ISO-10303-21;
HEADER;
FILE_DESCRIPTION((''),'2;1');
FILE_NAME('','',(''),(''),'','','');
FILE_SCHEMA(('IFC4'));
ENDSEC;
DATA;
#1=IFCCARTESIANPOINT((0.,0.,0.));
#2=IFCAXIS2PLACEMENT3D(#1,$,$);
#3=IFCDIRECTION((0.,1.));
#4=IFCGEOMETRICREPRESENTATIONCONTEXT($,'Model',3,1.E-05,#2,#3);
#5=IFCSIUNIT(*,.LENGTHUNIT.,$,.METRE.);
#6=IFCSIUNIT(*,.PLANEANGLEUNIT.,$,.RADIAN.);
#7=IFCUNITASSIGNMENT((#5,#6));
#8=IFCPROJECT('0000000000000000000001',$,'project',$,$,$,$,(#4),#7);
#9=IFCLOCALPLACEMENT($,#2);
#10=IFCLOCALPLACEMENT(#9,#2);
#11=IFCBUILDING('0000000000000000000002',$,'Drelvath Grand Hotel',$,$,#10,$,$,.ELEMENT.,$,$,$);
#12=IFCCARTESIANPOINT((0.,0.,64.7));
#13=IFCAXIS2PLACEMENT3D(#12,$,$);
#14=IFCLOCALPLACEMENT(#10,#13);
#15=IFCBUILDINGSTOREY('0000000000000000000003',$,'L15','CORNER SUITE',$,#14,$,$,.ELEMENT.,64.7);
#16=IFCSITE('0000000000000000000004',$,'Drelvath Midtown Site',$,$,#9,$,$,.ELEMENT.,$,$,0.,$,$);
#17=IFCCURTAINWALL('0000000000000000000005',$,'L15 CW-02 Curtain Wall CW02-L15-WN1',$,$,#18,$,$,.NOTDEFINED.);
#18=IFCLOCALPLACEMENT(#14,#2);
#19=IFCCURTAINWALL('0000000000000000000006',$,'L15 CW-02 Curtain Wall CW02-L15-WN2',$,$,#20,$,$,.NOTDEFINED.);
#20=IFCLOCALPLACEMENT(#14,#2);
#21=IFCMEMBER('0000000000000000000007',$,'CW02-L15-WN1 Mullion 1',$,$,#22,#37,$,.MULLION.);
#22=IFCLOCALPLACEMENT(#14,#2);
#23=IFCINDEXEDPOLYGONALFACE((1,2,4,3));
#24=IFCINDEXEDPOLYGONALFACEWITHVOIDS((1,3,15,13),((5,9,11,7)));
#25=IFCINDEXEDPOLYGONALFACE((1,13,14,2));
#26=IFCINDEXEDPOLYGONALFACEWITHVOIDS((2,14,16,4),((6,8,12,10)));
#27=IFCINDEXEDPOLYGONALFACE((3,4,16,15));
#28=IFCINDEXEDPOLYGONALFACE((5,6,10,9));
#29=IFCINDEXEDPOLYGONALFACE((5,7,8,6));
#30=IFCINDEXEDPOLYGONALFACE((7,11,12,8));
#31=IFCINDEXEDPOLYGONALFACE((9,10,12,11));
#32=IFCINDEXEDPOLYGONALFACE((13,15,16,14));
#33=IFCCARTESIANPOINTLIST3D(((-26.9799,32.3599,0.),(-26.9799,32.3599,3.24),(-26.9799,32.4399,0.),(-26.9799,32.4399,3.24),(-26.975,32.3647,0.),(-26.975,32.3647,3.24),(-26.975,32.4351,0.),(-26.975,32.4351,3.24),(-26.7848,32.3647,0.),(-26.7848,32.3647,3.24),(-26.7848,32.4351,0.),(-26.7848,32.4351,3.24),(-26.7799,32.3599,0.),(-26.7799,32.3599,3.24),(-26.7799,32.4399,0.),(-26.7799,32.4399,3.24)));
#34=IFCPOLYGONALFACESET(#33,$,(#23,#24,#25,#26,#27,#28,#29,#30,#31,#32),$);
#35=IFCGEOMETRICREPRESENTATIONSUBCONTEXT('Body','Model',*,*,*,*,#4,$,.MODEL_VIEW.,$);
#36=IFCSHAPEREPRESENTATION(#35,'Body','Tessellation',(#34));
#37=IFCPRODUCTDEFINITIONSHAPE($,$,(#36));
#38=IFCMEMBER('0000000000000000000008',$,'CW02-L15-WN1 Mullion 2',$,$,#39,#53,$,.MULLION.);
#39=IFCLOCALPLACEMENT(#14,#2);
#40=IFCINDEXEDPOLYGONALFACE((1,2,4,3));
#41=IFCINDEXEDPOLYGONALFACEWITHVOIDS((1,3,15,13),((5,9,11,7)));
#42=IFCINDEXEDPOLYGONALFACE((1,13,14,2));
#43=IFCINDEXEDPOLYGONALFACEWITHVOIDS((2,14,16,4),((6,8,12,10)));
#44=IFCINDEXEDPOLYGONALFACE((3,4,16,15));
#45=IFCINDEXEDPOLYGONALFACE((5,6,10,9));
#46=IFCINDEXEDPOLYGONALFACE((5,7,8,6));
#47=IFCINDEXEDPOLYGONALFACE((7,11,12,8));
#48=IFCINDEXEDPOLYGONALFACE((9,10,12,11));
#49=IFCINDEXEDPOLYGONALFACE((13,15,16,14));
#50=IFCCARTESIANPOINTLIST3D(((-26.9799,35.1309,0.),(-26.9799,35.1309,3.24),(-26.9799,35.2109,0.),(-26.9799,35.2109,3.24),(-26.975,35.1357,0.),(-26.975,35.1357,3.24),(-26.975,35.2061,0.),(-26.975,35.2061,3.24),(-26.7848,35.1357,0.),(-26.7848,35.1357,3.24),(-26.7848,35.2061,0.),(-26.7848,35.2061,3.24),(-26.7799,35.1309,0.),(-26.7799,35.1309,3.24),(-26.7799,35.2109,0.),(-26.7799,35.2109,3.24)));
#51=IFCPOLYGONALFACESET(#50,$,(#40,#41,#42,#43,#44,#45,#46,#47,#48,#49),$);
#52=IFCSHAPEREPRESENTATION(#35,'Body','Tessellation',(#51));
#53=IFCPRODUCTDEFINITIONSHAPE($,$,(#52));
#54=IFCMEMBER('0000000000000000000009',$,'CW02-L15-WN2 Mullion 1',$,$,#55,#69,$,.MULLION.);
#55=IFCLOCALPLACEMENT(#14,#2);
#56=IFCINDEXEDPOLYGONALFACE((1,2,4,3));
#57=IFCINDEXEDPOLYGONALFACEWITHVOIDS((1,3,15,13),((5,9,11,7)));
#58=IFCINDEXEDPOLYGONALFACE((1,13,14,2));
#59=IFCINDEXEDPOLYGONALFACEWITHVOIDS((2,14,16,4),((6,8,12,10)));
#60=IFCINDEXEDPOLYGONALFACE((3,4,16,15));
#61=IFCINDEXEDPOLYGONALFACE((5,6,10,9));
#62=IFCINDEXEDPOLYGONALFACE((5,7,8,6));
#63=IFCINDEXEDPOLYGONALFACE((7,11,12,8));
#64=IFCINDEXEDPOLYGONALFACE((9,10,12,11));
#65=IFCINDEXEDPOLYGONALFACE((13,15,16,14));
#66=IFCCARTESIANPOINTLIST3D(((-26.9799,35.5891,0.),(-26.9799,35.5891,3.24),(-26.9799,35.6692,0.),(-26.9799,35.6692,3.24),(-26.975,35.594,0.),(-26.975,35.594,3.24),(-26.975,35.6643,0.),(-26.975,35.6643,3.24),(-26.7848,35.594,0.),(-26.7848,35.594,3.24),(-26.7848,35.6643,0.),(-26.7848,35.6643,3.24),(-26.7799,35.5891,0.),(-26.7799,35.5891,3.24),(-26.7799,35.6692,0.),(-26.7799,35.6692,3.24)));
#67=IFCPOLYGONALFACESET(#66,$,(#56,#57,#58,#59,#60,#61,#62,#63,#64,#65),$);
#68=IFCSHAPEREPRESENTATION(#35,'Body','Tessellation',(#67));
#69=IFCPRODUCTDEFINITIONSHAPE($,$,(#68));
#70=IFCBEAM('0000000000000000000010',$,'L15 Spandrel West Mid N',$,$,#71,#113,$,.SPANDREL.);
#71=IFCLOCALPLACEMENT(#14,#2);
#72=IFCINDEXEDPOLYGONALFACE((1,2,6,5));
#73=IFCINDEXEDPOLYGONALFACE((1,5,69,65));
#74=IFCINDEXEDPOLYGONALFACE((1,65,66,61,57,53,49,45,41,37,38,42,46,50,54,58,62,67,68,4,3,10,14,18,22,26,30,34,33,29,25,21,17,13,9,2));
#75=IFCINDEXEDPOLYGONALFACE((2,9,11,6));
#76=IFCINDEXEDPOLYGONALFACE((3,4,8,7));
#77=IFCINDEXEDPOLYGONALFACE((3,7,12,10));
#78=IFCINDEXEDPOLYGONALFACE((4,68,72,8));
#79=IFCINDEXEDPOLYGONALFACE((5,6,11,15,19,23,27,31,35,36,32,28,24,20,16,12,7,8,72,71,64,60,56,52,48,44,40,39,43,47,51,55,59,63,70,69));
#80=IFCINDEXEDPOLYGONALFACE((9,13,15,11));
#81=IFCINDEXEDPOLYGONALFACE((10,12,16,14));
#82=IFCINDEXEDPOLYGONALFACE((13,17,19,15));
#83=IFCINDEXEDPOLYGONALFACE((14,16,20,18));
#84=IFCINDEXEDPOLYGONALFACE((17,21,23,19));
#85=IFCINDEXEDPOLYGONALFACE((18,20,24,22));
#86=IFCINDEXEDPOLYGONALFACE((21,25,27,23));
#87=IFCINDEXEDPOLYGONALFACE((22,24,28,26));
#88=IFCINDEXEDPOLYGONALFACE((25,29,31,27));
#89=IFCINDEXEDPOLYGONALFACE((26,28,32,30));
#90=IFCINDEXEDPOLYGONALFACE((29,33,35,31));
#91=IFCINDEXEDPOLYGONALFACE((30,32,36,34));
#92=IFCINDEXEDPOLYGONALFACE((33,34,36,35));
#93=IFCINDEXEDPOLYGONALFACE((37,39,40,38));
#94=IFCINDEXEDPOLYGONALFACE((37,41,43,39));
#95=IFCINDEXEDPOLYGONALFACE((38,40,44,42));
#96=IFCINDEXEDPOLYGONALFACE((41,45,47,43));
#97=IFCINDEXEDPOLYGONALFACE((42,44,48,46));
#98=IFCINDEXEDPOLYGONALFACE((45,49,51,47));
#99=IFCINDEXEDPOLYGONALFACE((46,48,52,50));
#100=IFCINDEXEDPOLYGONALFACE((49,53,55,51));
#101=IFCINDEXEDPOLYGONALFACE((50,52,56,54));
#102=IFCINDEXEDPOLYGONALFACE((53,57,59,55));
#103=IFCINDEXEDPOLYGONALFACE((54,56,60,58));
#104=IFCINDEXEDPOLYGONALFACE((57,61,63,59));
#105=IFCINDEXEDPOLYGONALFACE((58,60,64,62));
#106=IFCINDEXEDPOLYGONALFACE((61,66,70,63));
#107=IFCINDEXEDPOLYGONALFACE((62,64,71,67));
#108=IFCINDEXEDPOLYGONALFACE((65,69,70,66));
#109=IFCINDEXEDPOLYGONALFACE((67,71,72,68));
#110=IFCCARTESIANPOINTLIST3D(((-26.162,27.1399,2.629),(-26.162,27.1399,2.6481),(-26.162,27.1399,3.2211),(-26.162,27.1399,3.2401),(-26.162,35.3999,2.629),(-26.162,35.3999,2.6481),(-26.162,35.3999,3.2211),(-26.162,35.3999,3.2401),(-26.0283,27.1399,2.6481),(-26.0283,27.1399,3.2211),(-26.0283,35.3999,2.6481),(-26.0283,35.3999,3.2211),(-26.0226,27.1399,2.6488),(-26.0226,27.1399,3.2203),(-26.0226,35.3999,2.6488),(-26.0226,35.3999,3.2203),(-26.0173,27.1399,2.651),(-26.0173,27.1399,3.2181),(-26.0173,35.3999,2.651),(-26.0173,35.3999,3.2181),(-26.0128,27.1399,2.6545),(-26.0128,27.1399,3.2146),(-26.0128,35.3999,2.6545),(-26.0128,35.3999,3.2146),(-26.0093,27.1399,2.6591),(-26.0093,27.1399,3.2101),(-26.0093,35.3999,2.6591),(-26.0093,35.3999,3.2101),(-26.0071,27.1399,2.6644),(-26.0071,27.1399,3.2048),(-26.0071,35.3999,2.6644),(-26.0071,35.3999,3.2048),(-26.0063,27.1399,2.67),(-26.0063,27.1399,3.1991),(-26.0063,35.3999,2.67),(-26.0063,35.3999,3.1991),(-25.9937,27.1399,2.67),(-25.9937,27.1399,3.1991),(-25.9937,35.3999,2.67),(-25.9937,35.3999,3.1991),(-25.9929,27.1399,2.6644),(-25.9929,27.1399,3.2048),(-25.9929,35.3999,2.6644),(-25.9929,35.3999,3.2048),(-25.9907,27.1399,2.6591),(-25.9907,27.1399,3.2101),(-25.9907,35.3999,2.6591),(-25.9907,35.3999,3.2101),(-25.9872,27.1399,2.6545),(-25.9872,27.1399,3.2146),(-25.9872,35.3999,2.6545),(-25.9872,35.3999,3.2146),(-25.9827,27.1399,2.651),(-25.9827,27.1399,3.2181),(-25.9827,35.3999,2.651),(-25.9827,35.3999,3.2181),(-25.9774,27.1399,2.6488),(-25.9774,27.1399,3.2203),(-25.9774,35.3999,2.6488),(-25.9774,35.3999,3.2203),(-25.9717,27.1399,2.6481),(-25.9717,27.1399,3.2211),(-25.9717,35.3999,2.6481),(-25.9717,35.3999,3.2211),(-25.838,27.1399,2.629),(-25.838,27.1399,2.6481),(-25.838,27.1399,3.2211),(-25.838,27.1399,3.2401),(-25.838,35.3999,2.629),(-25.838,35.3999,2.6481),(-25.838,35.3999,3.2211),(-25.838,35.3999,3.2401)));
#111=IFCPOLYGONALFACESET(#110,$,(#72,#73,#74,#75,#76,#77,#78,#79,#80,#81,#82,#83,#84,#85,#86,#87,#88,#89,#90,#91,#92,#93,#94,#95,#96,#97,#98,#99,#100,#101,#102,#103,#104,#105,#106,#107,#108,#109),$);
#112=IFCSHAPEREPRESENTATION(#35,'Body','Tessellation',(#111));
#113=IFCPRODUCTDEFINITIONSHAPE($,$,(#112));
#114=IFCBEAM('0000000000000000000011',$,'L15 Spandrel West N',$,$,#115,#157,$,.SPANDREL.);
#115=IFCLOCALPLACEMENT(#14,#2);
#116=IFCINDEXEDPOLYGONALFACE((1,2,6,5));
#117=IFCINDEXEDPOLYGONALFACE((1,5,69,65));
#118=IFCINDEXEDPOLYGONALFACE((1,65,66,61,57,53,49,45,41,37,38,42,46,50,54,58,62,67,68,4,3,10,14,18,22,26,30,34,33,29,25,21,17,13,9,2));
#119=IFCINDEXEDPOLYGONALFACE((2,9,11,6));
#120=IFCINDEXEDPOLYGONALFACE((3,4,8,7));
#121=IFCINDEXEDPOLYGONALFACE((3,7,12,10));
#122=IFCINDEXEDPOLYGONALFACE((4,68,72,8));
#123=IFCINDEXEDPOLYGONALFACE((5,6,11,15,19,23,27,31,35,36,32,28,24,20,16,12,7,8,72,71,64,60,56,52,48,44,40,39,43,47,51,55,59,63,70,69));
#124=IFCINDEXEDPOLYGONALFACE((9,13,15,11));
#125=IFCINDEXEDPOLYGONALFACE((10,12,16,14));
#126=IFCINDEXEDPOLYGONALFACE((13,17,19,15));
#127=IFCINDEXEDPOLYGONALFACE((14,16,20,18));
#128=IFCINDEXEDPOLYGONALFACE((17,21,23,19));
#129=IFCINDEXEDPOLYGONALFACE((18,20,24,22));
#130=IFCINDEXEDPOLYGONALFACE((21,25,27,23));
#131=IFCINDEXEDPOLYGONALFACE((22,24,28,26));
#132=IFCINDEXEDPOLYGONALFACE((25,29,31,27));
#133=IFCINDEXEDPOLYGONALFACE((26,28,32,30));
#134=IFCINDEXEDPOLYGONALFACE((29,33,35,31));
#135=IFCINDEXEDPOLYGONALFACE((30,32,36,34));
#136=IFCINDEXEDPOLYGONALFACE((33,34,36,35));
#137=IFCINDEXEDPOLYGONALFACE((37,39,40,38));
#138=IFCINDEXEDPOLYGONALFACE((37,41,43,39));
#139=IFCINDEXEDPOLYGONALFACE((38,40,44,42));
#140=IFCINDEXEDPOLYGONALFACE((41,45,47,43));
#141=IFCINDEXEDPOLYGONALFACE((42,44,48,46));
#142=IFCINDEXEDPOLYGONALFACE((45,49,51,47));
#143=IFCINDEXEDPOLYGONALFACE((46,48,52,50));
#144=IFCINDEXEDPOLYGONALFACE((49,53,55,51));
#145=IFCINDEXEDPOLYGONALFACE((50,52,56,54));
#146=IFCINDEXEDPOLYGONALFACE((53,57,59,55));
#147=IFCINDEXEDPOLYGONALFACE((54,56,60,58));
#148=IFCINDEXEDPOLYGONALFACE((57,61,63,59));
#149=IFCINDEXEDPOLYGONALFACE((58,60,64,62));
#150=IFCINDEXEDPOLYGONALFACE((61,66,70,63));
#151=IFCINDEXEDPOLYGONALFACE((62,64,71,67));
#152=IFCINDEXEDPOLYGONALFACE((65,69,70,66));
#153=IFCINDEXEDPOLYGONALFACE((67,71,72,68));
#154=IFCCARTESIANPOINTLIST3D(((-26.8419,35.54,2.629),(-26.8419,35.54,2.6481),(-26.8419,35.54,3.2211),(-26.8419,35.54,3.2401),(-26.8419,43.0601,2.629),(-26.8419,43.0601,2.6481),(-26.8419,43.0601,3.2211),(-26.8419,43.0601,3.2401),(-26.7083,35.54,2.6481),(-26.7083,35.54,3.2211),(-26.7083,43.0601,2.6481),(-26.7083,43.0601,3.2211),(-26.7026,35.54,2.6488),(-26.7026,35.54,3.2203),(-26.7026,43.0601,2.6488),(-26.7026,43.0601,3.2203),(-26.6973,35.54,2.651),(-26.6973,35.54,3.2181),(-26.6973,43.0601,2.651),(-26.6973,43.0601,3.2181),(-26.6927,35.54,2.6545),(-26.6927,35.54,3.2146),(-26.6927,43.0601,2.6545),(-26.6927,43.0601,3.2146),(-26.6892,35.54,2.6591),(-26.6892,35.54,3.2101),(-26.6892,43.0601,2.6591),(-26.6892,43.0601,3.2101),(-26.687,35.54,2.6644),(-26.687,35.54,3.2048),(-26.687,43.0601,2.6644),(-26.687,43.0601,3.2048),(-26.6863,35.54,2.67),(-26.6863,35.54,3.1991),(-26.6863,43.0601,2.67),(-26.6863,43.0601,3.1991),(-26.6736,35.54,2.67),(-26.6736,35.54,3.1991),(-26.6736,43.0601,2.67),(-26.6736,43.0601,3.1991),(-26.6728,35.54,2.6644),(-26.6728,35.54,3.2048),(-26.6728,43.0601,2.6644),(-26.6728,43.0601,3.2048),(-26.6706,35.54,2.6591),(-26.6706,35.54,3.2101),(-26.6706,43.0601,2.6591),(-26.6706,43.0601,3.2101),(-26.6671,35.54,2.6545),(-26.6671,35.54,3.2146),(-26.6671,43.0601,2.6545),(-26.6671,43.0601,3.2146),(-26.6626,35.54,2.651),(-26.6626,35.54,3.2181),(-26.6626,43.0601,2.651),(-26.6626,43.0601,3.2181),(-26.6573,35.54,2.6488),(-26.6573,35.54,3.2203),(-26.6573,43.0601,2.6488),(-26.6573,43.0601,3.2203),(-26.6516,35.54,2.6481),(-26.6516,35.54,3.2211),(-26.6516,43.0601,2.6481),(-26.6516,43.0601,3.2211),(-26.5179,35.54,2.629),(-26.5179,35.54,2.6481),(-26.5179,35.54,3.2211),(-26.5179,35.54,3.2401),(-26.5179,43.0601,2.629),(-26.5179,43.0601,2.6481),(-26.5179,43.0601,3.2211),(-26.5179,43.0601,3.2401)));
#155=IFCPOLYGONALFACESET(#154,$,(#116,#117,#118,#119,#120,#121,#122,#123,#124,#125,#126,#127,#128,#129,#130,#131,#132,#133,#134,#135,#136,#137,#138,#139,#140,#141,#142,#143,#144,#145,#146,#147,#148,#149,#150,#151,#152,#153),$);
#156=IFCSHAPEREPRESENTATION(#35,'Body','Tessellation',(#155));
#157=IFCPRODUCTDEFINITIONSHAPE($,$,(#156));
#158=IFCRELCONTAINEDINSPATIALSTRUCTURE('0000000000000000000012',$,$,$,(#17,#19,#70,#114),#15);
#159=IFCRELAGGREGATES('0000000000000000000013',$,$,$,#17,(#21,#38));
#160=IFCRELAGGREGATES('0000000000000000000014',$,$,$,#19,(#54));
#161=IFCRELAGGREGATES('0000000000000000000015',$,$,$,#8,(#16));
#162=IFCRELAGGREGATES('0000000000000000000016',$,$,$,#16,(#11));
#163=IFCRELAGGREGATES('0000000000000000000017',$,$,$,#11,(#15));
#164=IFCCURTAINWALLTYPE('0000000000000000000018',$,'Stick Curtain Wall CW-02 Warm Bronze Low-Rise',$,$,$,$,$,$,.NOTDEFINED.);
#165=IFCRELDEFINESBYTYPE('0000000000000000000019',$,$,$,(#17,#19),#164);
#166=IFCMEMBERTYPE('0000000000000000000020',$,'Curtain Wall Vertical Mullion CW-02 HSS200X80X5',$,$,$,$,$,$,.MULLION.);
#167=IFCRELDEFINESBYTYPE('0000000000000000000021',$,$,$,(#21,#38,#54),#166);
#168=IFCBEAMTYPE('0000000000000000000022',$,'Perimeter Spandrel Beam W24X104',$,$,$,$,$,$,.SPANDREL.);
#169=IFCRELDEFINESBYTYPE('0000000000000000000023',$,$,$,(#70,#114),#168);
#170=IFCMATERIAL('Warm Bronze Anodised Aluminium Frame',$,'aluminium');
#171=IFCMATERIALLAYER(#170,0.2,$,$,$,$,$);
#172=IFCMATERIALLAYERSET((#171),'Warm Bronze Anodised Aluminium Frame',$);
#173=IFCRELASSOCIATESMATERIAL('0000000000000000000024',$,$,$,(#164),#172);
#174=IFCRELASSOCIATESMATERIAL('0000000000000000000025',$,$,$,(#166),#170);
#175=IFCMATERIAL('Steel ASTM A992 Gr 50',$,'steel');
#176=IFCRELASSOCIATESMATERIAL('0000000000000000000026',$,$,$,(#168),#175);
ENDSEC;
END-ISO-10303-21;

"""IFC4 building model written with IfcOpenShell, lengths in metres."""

from ifc_helpers import new_model, si_unit, direction, frame, origin, origin_2d, place, context, subcontext, project, spatial, hollow_rectangle, i_section, extrude, material, layer, layer_set, material_profile, profile_set, type_object, element, aggregate, save


model = new_model("IFC4")

# Units and contexts
model_context = context("Model", 3, precision=1e-05, world=origin(), true_north=direction((0.0, 1.0)))
body_context = subcontext(model_context, "Body", "Model", "MODEL_VIEW")
ifc_project = project(units=[si_unit("LENGTHUNIT", "METRE"), si_unit("PLANEANGLEUNIT", "RADIAN")], contexts=[model_context])

# Site, building, storey
site_placement = place(None, origin())
site = spatial("IfcSite", under=ifc_project, at=site_placement, Name="Drelvath Midtown Site", CompositionType="ELEMENT", RefElevation=0.0)
building_placement = place(site_placement, origin())
building = spatial("IfcBuilding", under=site, at=building_placement, Name="Drelvath Grand Hotel", CompositionType="ELEMENT")
storey_placement = place(building_placement, frame((0.0, 0.0, 64.7)))
storey = spatial("IfcBuildingStorey", under=building, at=storey_placement, Name="L15", Description="CORNER SUITE", CompositionType="ELEMENT", Elevation=64.7)

# Curtain walls
ifc_material_1 = material(Name="Warm Bronze Anodised Aluminium Frame", Category="aluminium")
ifc_layer_1 = layer(ifc_material_1, 0.2)
ifc_layer_set_1 = layer_set([ifc_layer_1], Name="Warm Bronze Anodised Aluminium Frame")
curtain_wall_type = type_object("IfcCurtainWallType", Name="Stick Curtain Wall CW-02 Warm Bronze Low-Rise", PredefinedType="NOTDEFINED", material=ifc_layer_set_1)
curtain_wall_1_placement = place(storey_placement, origin())
curtain_wall_1 = element("IfcCurtainWall", 1, at=curtain_wall_1_placement, inside=storey, type_object=curtain_wall_type, Name="L15 CW-02 Curtain Wall CW02-L15-WN1", PredefinedType="NOTDEFINED")
curtain_wall_2_placement = place(storey_placement, origin())
curtain_wall_2 = element("IfcCurtainWall", 2, at=curtain_wall_2_placement, inside=storey, type_object=curtain_wall_type, Name="L15 CW-02 Curtain Wall CW02-L15-WN2", PredefinedType="NOTDEFINED")

# Members
ifc_material_profile_1 = material_profile(ifc_material_1, hollow_rectangle(XDim=0.0801, YDim=0.2, WallThickness=0.0049, at=origin_2d()), Name="HSS200X80X5")
ifc_profile_set_1 = profile_set([ifc_material_profile_1], Name="Warm Bronze Anodised Aluminium Frame")
member_type_1 = type_object("IfcMemberType", Name="Curtain Wall Vertical Mullion CW-02 HSS200X80X5", PredefinedType="MULLION", material=ifc_profile_set_1)
member_1_placement = place(storey_placement, frame((-26.8799, 32.3999, 0.0), z_axis=(0.0, 0.0, 1.0), x_axis=(0.0, 1.0, 0.0)))
member_1 = element("IfcMember", 3, at=member_1_placement, type_object=member_type_1, Name="CW02-L15-WN1 Mullion 1", PredefinedType="MULLION", context=body_context, shape_type="SweptSolid", body=[
    extrude(hollow_rectangle(XDim=0.0801, YDim=0.2, WallThickness=0.0049, at=origin_2d()), origin(), (0.0, 0.0, 1.0), 3.24),
])
member_2_placement = place(storey_placement, frame((-26.8799, 35.1709, 0.0), z_axis=(0.0, 0.0, 1.0), x_axis=(0.0, 1.0, 0.0)))
member_2 = element("IfcMember", 4, at=member_2_placement, type_object=member_type_1, Name="CW02-L15-WN1 Mullion 2", PredefinedType="MULLION", context=body_context, shape_type="SweptSolid", body=[
    extrude(hollow_rectangle(XDim=0.0801, YDim=0.2, WallThickness=0.0049, at=origin_2d()), origin(), (0.0, 0.0, 1.0), 3.24),
])
member_3_placement = place(storey_placement, frame((-26.8799, 35.6292, 0.0), z_axis=(0.0, 0.0, 1.0), x_axis=(0.0, 1.0, 0.0)))
member_3 = element("IfcMember", 5, at=member_3_placement, type_object=member_type_1, Name="CW02-L15-WN2 Mullion 1", PredefinedType="MULLION", context=body_context, shape_type="SweptSolid", body=[
    extrude(hollow_rectangle(XDim=0.0801, YDim=0.2, WallThickness=0.0049, at=origin_2d()), origin(), (0.0, 0.0, 1.0), 3.24),
])

# Beams
ifc_material_2 = material(Name="Steel ASTM A992 Gr 50", Category="steel")
ifc_material_profile_2 = material_profile(ifc_material_2, i_section(OverallWidth=0.324, OverallDepth=0.6111, WebThickness=0.0127, FlangeThickness=0.019, FilletRadius=0.022, at=origin_2d()), Name="W24X104")
ifc_profile_set_2 = profile_set([ifc_material_profile_2], Name="Steel ASTM A992 Gr 50")
beam_type_1 = type_object("IfcBeamType", Name="Perimeter Spandrel Beam W24X104", PredefinedType="SPANDREL", material=ifc_profile_set_2)
beam_1_placement = place(storey_placement, frame((-26.0, 27.1399, 2.9346), z_axis=(0.0, 1.0, 0.0), x_axis=(-1.0, 0.0, 0.0)))
element("IfcBeam", 6, at=beam_1_placement, inside=storey, type_object=beam_type_1, Name="L15 Spandrel West Mid N", PredefinedType="SPANDREL", context=body_context, shape_type="SweptSolid", body=[
    extrude(i_section(OverallWidth=0.324, OverallDepth=0.6111, WebThickness=0.0127, FlangeThickness=0.019, FilletRadius=0.022, at=origin_2d()), origin(), (0.0, 0.0, 1.0), 8.26),
])
beam_2_placement = place(storey_placement, frame((-26.6799, 35.54, 2.9346), z_axis=(0.0, 1.0, 0.0), x_axis=(-1.0, 0.0, 0.0)))
element("IfcBeam", 7, at=beam_2_placement, inside=storey, type_object=beam_type_1, Name="L15 Spandrel West N", PredefinedType="SPANDREL", context=body_context, shape_type="SweptSolid", body=[
    extrude(i_section(OverallWidth=0.324, OverallDepth=0.6111, WebThickness=0.0127, FlangeThickness=0.019, FilletRadius=0.022, at=origin_2d()), origin(), (0.0, 0.0, 1.0), 7.52),
])

aggregate(curtain_wall_1, [member_1, member_2])
aggregate(curtain_wall_2, [member_3])

save(model, "model.ifc")
